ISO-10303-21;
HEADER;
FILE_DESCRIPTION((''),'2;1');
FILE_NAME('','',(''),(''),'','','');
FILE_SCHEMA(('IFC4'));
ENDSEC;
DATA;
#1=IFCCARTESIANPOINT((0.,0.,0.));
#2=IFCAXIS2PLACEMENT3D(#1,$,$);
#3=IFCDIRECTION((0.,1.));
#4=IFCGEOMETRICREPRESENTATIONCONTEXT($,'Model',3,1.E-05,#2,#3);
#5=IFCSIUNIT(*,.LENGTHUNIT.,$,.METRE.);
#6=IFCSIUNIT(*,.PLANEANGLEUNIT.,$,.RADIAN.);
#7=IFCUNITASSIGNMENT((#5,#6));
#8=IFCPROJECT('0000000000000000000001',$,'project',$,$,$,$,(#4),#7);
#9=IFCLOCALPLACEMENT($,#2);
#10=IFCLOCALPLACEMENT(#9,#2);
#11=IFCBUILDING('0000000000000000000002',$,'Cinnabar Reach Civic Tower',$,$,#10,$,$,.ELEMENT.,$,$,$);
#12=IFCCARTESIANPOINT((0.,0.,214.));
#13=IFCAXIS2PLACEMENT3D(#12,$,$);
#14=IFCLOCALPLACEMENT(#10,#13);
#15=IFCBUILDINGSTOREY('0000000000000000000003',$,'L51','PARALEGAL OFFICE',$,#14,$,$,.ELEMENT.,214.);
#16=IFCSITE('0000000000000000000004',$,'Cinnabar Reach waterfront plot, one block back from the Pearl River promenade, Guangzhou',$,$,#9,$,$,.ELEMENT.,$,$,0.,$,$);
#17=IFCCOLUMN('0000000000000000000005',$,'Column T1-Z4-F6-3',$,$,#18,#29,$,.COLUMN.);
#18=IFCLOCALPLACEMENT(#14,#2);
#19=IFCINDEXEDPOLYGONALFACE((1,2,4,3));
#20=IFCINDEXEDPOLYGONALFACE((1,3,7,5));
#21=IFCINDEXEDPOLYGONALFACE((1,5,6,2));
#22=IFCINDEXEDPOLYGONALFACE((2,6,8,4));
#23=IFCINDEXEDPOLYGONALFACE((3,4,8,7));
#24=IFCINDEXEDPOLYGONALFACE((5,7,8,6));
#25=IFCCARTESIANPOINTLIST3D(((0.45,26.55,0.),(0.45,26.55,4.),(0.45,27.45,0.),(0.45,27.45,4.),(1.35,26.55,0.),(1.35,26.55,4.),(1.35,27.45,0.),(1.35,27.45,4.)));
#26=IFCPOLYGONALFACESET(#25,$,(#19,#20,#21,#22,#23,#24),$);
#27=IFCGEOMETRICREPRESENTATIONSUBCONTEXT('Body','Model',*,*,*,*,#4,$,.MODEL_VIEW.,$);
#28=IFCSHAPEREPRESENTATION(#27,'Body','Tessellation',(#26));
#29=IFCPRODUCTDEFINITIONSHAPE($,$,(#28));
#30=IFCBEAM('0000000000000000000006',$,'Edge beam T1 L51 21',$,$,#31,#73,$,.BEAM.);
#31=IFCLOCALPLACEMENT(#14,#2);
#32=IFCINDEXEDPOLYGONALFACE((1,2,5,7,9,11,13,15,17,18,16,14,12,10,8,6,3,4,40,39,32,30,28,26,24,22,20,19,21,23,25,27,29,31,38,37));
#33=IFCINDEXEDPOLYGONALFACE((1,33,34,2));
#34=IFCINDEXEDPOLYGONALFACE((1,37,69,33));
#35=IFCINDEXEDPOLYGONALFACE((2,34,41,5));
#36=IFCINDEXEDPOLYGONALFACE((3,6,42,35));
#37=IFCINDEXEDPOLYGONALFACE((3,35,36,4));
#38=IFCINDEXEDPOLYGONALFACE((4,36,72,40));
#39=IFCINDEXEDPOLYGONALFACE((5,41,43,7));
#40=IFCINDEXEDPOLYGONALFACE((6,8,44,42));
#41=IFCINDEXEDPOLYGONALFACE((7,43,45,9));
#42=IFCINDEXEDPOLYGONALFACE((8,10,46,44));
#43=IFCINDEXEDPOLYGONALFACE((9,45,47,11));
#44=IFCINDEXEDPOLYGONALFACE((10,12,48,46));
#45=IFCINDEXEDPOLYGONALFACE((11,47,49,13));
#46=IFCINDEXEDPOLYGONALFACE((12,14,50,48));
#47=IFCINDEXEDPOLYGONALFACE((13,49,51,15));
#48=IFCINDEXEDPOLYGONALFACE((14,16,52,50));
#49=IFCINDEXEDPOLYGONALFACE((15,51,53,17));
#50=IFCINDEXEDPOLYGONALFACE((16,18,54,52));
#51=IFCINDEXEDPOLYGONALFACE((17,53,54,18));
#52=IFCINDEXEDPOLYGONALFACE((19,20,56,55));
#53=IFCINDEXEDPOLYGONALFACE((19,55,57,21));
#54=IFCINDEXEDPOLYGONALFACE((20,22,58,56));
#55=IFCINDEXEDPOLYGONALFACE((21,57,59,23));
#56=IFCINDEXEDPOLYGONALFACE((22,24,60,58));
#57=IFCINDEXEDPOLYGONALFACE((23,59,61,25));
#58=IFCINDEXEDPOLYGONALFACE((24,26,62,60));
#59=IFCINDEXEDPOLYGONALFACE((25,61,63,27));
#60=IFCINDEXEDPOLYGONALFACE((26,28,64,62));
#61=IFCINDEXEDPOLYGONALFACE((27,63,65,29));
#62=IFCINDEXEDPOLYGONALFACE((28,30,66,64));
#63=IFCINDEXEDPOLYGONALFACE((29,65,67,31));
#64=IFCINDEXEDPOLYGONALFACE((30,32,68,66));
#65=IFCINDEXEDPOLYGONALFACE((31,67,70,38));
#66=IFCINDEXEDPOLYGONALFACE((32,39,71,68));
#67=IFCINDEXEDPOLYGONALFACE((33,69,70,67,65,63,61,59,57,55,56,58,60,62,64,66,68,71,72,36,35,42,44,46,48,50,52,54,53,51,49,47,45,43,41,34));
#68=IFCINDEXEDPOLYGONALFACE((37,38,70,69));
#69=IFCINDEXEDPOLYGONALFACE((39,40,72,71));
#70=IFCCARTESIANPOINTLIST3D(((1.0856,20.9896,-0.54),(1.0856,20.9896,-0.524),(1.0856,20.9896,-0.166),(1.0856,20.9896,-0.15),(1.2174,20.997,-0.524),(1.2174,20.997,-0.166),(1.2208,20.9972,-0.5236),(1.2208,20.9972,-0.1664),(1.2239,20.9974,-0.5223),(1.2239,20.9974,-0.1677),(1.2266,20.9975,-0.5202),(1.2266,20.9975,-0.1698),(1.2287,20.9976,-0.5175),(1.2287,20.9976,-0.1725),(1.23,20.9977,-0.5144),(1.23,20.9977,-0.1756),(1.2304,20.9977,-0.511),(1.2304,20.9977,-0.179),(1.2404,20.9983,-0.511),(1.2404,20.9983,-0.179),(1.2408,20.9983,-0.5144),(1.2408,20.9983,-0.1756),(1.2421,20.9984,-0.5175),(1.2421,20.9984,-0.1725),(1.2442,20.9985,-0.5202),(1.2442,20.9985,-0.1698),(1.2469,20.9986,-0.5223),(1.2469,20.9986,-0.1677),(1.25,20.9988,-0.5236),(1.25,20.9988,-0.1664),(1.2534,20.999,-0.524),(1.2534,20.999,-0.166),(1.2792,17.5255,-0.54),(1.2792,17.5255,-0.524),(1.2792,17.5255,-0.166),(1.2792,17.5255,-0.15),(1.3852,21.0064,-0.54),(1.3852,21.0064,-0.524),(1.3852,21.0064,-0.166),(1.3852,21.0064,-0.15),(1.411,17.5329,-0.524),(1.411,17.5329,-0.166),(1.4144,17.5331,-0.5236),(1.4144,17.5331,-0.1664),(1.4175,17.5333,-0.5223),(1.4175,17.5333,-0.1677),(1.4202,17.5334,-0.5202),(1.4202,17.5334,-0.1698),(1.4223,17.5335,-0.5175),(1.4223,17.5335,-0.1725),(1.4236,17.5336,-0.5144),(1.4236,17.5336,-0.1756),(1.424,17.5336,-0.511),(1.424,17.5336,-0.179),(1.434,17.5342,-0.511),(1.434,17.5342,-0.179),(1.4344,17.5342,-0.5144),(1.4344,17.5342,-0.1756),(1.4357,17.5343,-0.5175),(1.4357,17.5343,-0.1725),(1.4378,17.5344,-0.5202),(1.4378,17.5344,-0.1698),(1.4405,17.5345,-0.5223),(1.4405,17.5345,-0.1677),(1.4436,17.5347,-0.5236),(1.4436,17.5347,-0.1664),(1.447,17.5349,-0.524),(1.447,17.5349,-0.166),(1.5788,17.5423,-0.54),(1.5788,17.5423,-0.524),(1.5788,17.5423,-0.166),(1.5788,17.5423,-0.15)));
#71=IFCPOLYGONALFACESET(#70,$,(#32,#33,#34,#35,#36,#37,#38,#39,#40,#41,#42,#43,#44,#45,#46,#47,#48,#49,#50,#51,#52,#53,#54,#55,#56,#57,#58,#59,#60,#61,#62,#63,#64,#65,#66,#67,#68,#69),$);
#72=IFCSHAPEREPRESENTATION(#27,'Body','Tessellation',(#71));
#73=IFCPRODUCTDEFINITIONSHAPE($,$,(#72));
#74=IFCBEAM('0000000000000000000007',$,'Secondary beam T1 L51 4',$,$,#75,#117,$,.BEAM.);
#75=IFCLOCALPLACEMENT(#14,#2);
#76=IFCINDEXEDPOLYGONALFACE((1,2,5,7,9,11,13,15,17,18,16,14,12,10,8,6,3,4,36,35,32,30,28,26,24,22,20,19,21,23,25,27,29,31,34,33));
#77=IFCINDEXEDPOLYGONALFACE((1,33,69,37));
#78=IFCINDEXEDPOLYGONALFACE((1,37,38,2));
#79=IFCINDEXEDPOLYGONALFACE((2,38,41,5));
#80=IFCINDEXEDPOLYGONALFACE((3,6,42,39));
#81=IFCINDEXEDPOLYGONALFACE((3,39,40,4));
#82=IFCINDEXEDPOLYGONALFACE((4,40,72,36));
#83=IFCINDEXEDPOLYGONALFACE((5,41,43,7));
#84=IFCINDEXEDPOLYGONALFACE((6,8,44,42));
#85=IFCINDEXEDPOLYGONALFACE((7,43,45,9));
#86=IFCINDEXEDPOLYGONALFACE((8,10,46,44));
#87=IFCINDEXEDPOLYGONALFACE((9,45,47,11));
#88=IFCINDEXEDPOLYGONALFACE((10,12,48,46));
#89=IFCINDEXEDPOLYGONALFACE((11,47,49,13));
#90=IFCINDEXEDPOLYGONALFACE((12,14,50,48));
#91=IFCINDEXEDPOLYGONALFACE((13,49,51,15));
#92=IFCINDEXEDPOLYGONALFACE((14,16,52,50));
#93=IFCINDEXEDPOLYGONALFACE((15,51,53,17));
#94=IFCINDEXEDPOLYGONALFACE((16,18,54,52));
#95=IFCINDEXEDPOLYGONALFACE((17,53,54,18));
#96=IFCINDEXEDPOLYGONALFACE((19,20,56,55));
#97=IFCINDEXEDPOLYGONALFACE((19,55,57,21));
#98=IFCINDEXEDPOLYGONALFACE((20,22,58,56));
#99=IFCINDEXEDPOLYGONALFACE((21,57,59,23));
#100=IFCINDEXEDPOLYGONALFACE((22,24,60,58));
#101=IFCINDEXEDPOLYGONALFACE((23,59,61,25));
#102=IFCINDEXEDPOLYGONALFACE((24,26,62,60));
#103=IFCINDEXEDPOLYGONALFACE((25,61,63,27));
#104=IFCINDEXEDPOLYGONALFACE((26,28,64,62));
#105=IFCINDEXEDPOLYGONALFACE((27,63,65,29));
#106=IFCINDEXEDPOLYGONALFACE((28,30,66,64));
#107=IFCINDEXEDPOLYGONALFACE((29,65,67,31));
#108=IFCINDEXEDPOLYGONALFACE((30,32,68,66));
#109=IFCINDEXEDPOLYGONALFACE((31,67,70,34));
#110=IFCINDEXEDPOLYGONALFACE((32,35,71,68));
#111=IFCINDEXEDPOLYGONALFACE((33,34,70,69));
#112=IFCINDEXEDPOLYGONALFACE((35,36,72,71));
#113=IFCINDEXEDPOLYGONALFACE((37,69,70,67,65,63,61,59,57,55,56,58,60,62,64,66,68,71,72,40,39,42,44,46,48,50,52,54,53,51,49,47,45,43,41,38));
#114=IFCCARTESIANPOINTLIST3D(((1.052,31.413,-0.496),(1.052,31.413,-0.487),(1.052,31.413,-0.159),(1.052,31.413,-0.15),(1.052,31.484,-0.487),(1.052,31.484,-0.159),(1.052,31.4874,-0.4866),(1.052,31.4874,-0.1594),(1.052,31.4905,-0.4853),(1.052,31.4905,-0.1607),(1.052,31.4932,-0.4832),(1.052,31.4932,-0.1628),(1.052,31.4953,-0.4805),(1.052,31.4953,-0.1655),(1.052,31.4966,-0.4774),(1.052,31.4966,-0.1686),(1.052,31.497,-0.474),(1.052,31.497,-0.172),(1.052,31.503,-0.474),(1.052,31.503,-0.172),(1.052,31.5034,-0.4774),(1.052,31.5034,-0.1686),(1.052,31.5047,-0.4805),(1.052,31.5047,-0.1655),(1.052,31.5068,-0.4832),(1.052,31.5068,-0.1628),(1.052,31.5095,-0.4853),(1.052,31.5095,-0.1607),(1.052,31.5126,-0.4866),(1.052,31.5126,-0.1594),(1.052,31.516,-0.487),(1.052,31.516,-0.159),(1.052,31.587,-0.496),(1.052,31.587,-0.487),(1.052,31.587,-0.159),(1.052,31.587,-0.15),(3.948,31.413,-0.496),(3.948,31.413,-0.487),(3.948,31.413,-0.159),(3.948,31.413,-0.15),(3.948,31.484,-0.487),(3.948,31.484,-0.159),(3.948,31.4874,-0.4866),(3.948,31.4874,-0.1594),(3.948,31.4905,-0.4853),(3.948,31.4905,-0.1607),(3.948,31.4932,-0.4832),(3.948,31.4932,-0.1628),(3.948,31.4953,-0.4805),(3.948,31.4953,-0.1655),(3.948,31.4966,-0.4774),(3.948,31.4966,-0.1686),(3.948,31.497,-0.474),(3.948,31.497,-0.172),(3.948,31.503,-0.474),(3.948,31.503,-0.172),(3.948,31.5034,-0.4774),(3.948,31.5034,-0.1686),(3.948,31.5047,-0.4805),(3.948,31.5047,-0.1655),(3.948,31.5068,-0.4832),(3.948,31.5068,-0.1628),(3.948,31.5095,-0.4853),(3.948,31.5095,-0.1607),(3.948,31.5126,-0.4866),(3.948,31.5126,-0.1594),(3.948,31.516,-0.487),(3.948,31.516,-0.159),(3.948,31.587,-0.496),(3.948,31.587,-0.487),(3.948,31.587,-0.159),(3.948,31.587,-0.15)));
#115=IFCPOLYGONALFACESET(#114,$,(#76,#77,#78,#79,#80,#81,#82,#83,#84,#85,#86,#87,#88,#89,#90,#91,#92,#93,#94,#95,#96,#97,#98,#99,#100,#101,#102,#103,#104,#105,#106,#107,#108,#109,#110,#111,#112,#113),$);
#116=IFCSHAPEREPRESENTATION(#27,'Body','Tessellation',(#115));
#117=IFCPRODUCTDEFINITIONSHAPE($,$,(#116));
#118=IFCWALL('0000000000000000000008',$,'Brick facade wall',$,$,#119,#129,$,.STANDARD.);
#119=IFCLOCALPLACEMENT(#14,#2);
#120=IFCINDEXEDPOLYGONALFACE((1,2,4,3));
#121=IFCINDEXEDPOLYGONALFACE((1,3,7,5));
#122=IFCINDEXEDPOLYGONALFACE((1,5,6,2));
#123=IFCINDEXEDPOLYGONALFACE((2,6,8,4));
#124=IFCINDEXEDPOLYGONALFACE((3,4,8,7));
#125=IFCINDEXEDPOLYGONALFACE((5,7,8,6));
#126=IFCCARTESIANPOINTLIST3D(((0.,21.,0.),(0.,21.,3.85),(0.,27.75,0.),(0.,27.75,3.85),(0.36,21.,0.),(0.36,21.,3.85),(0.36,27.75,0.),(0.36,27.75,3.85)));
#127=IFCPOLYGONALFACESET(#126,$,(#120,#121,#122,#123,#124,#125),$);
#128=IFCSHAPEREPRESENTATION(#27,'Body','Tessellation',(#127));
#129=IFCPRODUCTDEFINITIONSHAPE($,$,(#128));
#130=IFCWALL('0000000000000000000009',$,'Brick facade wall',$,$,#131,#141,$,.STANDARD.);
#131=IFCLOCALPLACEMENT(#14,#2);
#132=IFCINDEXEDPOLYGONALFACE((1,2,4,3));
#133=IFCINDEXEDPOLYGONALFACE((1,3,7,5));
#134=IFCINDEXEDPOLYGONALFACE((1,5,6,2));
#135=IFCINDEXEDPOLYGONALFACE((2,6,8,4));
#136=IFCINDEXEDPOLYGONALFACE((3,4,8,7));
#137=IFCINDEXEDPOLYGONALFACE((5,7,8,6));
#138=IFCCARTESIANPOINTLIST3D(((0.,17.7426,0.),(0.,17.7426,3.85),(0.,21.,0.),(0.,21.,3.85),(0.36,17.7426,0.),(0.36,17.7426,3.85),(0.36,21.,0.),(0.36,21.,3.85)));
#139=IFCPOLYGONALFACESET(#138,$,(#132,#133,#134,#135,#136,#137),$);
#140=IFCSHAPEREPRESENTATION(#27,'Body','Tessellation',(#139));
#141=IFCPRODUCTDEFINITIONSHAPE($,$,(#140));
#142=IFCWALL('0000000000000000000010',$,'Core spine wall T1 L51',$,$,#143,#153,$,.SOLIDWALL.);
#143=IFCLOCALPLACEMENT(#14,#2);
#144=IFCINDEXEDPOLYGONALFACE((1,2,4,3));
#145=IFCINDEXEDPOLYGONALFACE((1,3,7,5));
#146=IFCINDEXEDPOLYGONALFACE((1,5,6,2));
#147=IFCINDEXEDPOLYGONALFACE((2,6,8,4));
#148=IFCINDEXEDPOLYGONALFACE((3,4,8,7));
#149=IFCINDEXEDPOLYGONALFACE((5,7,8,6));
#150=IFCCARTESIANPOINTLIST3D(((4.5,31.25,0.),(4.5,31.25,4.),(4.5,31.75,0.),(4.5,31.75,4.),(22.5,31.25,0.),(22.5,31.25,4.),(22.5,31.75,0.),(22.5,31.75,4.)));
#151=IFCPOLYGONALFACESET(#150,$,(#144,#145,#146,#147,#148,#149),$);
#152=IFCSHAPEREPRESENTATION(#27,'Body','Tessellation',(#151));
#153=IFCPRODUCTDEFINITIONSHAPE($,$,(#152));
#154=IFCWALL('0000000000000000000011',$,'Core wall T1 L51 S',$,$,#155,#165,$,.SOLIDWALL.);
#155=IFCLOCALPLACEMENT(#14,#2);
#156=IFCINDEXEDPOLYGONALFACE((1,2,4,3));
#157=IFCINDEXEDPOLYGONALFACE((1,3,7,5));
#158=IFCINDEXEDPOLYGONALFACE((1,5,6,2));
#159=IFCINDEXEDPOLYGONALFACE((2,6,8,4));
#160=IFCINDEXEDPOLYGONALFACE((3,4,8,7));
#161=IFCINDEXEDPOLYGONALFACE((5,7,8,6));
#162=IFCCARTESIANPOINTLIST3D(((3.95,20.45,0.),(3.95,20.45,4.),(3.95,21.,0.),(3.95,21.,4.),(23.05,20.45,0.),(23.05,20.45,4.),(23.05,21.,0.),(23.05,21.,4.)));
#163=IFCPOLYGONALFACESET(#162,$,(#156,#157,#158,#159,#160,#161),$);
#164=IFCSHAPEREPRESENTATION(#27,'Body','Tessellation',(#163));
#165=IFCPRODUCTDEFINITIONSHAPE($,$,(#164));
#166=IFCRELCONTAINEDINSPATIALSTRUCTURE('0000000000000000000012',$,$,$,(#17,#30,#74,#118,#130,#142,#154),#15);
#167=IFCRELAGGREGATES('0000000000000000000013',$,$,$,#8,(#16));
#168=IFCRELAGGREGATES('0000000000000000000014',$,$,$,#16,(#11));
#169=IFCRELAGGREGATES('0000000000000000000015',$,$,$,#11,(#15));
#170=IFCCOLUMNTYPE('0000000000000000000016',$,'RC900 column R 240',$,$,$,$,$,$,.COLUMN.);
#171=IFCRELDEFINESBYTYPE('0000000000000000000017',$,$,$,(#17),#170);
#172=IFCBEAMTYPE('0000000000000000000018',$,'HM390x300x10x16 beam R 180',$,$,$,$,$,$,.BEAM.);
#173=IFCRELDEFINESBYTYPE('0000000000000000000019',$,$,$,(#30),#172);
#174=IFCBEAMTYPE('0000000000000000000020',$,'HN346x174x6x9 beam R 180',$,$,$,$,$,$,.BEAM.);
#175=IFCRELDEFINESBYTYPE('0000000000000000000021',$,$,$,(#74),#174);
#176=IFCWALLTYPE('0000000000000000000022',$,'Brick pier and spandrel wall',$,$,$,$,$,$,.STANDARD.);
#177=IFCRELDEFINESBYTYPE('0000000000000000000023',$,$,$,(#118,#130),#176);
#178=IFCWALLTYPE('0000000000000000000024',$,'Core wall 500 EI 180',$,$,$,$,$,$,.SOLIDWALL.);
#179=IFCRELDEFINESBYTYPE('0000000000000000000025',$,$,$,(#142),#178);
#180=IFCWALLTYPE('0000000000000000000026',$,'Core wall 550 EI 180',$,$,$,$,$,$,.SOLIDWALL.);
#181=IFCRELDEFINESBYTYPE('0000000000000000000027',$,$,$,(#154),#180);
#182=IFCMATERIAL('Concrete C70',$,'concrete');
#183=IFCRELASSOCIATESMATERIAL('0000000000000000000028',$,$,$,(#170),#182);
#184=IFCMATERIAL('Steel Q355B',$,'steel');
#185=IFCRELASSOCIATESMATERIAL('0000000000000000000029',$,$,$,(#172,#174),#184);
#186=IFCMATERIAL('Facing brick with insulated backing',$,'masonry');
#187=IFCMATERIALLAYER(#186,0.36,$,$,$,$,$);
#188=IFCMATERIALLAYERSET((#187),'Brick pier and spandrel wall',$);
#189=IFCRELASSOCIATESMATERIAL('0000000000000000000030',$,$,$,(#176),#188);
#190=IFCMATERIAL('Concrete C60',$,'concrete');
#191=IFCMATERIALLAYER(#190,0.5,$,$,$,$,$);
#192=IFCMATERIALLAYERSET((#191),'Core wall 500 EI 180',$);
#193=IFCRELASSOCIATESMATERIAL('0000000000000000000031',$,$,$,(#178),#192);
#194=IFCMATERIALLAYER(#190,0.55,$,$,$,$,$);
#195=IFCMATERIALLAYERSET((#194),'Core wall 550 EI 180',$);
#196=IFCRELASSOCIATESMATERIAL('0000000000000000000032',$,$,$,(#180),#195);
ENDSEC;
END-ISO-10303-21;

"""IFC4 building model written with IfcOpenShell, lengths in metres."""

from ifc_helpers import new_model, si_unit, direction, frame, frame_2d, origin, origin_2d, place, context, subcontext, project, spatial, rectangle, i_section, extrude, material, layer, layer_set, material_profile, profile_set, type_object, element, save


model = new_model("IFC4")

# Units and contexts
model_context = context("Model", 3, precision=1e-05, world=origin(), true_north=direction((0.0, 1.0)))
body_context = subcontext(model_context, "Body", "Model", "MODEL_VIEW")
ifc_project = project(units=[si_unit("LENGTHUNIT", "METRE"), si_unit("PLANEANGLEUNIT", "RADIAN")], contexts=[model_context])

# Site, building, storey
site_placement = place(None, origin())
site = spatial("IfcSite", under=ifc_project, at=site_placement, Name="Cinnabar Reach waterfront plot, one block back from the Pearl River promenade, Guangzhou", CompositionType="ELEMENT", RefElevation=0.0)
building_placement = place(site_placement, origin())
building = spatial("IfcBuilding", under=site, at=building_placement, Name="Cinnabar Reach Civic Tower", CompositionType="ELEMENT")
storey_placement = place(building_placement, frame((0.0, 0.0, 214.0)))
storey = spatial("IfcBuildingStorey", under=building, at=storey_placement, Name="L51", Description="PARALEGAL OFFICE", CompositionType="ELEMENT", Elevation=214.0)

# Column
ifc_material_1 = material(Name="Concrete C70", Category="concrete")
ifc_material_profile_1 = material_profile(ifc_material_1, rectangle(XDim=0.9, YDim=0.9, at=origin_2d()), Name="RC900")
ifc_profile_set_1 = profile_set([ifc_material_profile_1], Name="Concrete C70")
column_type = type_object("IfcColumnType", Name="RC900 column R 240", PredefinedType="COLUMN", material=ifc_profile_set_1)
column_placement = place(storey_placement, frame((0.9, 27.0, 0.0), z_axis=(0.0, 0.0, 1.0), x_axis=(1.0, 0.0, 0.0)))
element("IfcColumn", 1, at=column_placement, inside=storey, type_object=column_type, Name="Column T1-Z4-F6-3", PredefinedType="COLUMN", context=body_context, shape_type="SweptSolid", body=[
    extrude(rectangle(XDim=0.9, YDim=0.9, at=origin_2d()), origin(), (0.0, 0.0, 1.0), 4.0),
])

# Beams
ifc_material_2 = material(Name="Steel Q355B", Category="steel")
ifc_material_profile_2 = material_profile(ifc_material_2, i_section(OverallWidth=0.3, OverallDepth=0.39, WebThickness=0.01, FlangeThickness=0.016, FilletRadius=0.013, at=origin_2d()), Name="HM390x300x10x16")
ifc_profile_set_2 = profile_set([ifc_material_profile_2], Name="Steel Q355B")
beam_type_1 = type_object("IfcBeamType", Name="HM390x300x10x16 beam R 180", PredefinedType="BEAM", material=ifc_profile_set_2)
beam_1_placement = place(storey_placement, frame((1.2354, 20.998, -0.345), z_axis=(0.0558, -0.998442, 0.0), x_axis=(0.998442, 0.0558, 0.0)))
element("IfcBeam", 2, at=beam_1_placement, inside=storey, type_object=beam_type_1, Name="Edge beam T1 L51 21", PredefinedType="BEAM", context=body_context, shape_type="SweptSolid", body=[
    extrude(i_section(OverallWidth=0.3, OverallDepth=0.39, WebThickness=0.01, FlangeThickness=0.016, FilletRadius=0.013, at=origin_2d()), origin(), (0.0, 0.0, 1.0), 3.4695),
])
ifc_material_profile_3 = material_profile(ifc_material_2, i_section(OverallWidth=0.174, OverallDepth=0.346, WebThickness=0.006, FlangeThickness=0.009, FilletRadius=0.013, at=origin_2d()), Name="HN346x174x6x9")
ifc_profile_set_3 = profile_set([ifc_material_profile_3], Name="Steel Q355B")
beam_type_2 = type_object("IfcBeamType", Name="HN346x174x6x9 beam R 180", PredefinedType="BEAM", material=ifc_profile_set_3)
beam_2_placement = place(storey_placement, frame((1.052, 31.5, -0.323), z_axis=(1.0, 0.0, 0.0), x_axis=(0.0, 1.0, 0.0)))
element("IfcBeam", 3, at=beam_2_placement, inside=storey, type_object=beam_type_2, Name="Secondary beam T1 L51 4", PredefinedType="BEAM", context=body_context, shape_type="SweptSolid", body=[
    extrude(i_section(OverallWidth=0.174, OverallDepth=0.346, WebThickness=0.006, FlangeThickness=0.009, FilletRadius=0.013, at=origin_2d()), origin(), (0.0, 0.0, 1.0), 2.896),
])

# Walls
ifc_material_3 = material(Name="Facing brick with insulated backing", Category="masonry")
ifc_layer_1 = layer(ifc_material_3, 0.36)
ifc_layer_set_1 = layer_set([ifc_layer_1], Name="Brick pier and spandrel wall")
wall_type_1 = type_object("IfcWallType", Name="Brick pier and spandrel wall", PredefinedType="STANDARD", material=ifc_layer_set_1)
wall_1_placement = place(storey_placement, frame((0.18, 27.75, 0.0), z_axis=(0.0, 0.0, 1.0), x_axis=(0.0, -1.0, 0.0)))
element("IfcWall", 4, at=wall_1_placement, inside=storey, type_object=wall_type_1, Name="Brick facade wall", PredefinedType="STANDARD", context=body_context, shape_type="SweptSolid", body=[
    extrude(rectangle(XDim=6.75, YDim=0.36, at=frame_2d((3.375, 0.0))), origin(), (0.0, 0.0, 1.0), 3.85),
])
wall_2_placement = place(storey_placement, frame((0.18, 21.0, 0.0), z_axis=(0.0, 0.0, 1.0), x_axis=(0.0, -1.0, 0.0)))
element("IfcWall", 5, at=wall_2_placement, inside=storey, type_object=wall_type_1, Name="Brick facade wall", PredefinedType="STANDARD", context=body_context, shape_type="SweptSolid", body=[
    extrude(rectangle(XDim=3.2574, YDim=0.36, at=frame_2d((1.6287, 0.0))), origin(), (0.0, 0.0, 1.0), 3.85),
])
ifc_material_4 = material(Name="Concrete C60", Category="concrete")
ifc_layer_2 = layer(ifc_material_4, 0.5)
ifc_layer_set_2 = layer_set([ifc_layer_2], Name="Core wall 500 EI 180")
wall_type_2 = type_object("IfcWallType", Name="Core wall 500 EI 180", PredefinedType="SOLIDWALL", material=ifc_layer_set_2)
wall_3_placement = place(storey_placement, frame((4.5, 31.5, 0.0), z_axis=(0.0, 0.0, 1.0), x_axis=(1.0, 0.0, 0.0)))
element("IfcWall", 6, at=wall_3_placement, inside=storey, type_object=wall_type_2, Name="Core spine wall T1 L51", PredefinedType="SOLIDWALL", context=body_context, shape_type="SweptSolid", body=[
    extrude(rectangle(XDim=18.0, YDim=0.5, at=frame_2d((9.0, 0.0))), origin(), (0.0, 0.0, 1.0), 4.0),
])
ifc_layer_3 = layer(ifc_material_4, 0.55)
ifc_layer_set_3 = layer_set([ifc_layer_3], Name="Core wall 550 EI 180")
wall_type_3 = type_object("IfcWallType", Name="Core wall 550 EI 180", PredefinedType="SOLIDWALL", material=ifc_layer_set_3)
wall_4_placement = place(storey_placement, frame((3.95, 20.725, 0.0), z_axis=(0.0, 0.0, 1.0), x_axis=(1.0, 0.0, 0.0)))
element("IfcWall", 7, at=wall_4_placement, inside=storey, type_object=wall_type_3, Name="Core wall T1 L51 S", PredefinedType="SOLIDWALL", context=body_context, shape_type="SweptSolid", body=[
    extrude(rectangle(XDim=19.1, YDim=0.55, at=frame_2d((9.55, 0.0))), origin(), (0.0, 0.0, 1.0), 4.0),
])

save(model, "model.ifc")
